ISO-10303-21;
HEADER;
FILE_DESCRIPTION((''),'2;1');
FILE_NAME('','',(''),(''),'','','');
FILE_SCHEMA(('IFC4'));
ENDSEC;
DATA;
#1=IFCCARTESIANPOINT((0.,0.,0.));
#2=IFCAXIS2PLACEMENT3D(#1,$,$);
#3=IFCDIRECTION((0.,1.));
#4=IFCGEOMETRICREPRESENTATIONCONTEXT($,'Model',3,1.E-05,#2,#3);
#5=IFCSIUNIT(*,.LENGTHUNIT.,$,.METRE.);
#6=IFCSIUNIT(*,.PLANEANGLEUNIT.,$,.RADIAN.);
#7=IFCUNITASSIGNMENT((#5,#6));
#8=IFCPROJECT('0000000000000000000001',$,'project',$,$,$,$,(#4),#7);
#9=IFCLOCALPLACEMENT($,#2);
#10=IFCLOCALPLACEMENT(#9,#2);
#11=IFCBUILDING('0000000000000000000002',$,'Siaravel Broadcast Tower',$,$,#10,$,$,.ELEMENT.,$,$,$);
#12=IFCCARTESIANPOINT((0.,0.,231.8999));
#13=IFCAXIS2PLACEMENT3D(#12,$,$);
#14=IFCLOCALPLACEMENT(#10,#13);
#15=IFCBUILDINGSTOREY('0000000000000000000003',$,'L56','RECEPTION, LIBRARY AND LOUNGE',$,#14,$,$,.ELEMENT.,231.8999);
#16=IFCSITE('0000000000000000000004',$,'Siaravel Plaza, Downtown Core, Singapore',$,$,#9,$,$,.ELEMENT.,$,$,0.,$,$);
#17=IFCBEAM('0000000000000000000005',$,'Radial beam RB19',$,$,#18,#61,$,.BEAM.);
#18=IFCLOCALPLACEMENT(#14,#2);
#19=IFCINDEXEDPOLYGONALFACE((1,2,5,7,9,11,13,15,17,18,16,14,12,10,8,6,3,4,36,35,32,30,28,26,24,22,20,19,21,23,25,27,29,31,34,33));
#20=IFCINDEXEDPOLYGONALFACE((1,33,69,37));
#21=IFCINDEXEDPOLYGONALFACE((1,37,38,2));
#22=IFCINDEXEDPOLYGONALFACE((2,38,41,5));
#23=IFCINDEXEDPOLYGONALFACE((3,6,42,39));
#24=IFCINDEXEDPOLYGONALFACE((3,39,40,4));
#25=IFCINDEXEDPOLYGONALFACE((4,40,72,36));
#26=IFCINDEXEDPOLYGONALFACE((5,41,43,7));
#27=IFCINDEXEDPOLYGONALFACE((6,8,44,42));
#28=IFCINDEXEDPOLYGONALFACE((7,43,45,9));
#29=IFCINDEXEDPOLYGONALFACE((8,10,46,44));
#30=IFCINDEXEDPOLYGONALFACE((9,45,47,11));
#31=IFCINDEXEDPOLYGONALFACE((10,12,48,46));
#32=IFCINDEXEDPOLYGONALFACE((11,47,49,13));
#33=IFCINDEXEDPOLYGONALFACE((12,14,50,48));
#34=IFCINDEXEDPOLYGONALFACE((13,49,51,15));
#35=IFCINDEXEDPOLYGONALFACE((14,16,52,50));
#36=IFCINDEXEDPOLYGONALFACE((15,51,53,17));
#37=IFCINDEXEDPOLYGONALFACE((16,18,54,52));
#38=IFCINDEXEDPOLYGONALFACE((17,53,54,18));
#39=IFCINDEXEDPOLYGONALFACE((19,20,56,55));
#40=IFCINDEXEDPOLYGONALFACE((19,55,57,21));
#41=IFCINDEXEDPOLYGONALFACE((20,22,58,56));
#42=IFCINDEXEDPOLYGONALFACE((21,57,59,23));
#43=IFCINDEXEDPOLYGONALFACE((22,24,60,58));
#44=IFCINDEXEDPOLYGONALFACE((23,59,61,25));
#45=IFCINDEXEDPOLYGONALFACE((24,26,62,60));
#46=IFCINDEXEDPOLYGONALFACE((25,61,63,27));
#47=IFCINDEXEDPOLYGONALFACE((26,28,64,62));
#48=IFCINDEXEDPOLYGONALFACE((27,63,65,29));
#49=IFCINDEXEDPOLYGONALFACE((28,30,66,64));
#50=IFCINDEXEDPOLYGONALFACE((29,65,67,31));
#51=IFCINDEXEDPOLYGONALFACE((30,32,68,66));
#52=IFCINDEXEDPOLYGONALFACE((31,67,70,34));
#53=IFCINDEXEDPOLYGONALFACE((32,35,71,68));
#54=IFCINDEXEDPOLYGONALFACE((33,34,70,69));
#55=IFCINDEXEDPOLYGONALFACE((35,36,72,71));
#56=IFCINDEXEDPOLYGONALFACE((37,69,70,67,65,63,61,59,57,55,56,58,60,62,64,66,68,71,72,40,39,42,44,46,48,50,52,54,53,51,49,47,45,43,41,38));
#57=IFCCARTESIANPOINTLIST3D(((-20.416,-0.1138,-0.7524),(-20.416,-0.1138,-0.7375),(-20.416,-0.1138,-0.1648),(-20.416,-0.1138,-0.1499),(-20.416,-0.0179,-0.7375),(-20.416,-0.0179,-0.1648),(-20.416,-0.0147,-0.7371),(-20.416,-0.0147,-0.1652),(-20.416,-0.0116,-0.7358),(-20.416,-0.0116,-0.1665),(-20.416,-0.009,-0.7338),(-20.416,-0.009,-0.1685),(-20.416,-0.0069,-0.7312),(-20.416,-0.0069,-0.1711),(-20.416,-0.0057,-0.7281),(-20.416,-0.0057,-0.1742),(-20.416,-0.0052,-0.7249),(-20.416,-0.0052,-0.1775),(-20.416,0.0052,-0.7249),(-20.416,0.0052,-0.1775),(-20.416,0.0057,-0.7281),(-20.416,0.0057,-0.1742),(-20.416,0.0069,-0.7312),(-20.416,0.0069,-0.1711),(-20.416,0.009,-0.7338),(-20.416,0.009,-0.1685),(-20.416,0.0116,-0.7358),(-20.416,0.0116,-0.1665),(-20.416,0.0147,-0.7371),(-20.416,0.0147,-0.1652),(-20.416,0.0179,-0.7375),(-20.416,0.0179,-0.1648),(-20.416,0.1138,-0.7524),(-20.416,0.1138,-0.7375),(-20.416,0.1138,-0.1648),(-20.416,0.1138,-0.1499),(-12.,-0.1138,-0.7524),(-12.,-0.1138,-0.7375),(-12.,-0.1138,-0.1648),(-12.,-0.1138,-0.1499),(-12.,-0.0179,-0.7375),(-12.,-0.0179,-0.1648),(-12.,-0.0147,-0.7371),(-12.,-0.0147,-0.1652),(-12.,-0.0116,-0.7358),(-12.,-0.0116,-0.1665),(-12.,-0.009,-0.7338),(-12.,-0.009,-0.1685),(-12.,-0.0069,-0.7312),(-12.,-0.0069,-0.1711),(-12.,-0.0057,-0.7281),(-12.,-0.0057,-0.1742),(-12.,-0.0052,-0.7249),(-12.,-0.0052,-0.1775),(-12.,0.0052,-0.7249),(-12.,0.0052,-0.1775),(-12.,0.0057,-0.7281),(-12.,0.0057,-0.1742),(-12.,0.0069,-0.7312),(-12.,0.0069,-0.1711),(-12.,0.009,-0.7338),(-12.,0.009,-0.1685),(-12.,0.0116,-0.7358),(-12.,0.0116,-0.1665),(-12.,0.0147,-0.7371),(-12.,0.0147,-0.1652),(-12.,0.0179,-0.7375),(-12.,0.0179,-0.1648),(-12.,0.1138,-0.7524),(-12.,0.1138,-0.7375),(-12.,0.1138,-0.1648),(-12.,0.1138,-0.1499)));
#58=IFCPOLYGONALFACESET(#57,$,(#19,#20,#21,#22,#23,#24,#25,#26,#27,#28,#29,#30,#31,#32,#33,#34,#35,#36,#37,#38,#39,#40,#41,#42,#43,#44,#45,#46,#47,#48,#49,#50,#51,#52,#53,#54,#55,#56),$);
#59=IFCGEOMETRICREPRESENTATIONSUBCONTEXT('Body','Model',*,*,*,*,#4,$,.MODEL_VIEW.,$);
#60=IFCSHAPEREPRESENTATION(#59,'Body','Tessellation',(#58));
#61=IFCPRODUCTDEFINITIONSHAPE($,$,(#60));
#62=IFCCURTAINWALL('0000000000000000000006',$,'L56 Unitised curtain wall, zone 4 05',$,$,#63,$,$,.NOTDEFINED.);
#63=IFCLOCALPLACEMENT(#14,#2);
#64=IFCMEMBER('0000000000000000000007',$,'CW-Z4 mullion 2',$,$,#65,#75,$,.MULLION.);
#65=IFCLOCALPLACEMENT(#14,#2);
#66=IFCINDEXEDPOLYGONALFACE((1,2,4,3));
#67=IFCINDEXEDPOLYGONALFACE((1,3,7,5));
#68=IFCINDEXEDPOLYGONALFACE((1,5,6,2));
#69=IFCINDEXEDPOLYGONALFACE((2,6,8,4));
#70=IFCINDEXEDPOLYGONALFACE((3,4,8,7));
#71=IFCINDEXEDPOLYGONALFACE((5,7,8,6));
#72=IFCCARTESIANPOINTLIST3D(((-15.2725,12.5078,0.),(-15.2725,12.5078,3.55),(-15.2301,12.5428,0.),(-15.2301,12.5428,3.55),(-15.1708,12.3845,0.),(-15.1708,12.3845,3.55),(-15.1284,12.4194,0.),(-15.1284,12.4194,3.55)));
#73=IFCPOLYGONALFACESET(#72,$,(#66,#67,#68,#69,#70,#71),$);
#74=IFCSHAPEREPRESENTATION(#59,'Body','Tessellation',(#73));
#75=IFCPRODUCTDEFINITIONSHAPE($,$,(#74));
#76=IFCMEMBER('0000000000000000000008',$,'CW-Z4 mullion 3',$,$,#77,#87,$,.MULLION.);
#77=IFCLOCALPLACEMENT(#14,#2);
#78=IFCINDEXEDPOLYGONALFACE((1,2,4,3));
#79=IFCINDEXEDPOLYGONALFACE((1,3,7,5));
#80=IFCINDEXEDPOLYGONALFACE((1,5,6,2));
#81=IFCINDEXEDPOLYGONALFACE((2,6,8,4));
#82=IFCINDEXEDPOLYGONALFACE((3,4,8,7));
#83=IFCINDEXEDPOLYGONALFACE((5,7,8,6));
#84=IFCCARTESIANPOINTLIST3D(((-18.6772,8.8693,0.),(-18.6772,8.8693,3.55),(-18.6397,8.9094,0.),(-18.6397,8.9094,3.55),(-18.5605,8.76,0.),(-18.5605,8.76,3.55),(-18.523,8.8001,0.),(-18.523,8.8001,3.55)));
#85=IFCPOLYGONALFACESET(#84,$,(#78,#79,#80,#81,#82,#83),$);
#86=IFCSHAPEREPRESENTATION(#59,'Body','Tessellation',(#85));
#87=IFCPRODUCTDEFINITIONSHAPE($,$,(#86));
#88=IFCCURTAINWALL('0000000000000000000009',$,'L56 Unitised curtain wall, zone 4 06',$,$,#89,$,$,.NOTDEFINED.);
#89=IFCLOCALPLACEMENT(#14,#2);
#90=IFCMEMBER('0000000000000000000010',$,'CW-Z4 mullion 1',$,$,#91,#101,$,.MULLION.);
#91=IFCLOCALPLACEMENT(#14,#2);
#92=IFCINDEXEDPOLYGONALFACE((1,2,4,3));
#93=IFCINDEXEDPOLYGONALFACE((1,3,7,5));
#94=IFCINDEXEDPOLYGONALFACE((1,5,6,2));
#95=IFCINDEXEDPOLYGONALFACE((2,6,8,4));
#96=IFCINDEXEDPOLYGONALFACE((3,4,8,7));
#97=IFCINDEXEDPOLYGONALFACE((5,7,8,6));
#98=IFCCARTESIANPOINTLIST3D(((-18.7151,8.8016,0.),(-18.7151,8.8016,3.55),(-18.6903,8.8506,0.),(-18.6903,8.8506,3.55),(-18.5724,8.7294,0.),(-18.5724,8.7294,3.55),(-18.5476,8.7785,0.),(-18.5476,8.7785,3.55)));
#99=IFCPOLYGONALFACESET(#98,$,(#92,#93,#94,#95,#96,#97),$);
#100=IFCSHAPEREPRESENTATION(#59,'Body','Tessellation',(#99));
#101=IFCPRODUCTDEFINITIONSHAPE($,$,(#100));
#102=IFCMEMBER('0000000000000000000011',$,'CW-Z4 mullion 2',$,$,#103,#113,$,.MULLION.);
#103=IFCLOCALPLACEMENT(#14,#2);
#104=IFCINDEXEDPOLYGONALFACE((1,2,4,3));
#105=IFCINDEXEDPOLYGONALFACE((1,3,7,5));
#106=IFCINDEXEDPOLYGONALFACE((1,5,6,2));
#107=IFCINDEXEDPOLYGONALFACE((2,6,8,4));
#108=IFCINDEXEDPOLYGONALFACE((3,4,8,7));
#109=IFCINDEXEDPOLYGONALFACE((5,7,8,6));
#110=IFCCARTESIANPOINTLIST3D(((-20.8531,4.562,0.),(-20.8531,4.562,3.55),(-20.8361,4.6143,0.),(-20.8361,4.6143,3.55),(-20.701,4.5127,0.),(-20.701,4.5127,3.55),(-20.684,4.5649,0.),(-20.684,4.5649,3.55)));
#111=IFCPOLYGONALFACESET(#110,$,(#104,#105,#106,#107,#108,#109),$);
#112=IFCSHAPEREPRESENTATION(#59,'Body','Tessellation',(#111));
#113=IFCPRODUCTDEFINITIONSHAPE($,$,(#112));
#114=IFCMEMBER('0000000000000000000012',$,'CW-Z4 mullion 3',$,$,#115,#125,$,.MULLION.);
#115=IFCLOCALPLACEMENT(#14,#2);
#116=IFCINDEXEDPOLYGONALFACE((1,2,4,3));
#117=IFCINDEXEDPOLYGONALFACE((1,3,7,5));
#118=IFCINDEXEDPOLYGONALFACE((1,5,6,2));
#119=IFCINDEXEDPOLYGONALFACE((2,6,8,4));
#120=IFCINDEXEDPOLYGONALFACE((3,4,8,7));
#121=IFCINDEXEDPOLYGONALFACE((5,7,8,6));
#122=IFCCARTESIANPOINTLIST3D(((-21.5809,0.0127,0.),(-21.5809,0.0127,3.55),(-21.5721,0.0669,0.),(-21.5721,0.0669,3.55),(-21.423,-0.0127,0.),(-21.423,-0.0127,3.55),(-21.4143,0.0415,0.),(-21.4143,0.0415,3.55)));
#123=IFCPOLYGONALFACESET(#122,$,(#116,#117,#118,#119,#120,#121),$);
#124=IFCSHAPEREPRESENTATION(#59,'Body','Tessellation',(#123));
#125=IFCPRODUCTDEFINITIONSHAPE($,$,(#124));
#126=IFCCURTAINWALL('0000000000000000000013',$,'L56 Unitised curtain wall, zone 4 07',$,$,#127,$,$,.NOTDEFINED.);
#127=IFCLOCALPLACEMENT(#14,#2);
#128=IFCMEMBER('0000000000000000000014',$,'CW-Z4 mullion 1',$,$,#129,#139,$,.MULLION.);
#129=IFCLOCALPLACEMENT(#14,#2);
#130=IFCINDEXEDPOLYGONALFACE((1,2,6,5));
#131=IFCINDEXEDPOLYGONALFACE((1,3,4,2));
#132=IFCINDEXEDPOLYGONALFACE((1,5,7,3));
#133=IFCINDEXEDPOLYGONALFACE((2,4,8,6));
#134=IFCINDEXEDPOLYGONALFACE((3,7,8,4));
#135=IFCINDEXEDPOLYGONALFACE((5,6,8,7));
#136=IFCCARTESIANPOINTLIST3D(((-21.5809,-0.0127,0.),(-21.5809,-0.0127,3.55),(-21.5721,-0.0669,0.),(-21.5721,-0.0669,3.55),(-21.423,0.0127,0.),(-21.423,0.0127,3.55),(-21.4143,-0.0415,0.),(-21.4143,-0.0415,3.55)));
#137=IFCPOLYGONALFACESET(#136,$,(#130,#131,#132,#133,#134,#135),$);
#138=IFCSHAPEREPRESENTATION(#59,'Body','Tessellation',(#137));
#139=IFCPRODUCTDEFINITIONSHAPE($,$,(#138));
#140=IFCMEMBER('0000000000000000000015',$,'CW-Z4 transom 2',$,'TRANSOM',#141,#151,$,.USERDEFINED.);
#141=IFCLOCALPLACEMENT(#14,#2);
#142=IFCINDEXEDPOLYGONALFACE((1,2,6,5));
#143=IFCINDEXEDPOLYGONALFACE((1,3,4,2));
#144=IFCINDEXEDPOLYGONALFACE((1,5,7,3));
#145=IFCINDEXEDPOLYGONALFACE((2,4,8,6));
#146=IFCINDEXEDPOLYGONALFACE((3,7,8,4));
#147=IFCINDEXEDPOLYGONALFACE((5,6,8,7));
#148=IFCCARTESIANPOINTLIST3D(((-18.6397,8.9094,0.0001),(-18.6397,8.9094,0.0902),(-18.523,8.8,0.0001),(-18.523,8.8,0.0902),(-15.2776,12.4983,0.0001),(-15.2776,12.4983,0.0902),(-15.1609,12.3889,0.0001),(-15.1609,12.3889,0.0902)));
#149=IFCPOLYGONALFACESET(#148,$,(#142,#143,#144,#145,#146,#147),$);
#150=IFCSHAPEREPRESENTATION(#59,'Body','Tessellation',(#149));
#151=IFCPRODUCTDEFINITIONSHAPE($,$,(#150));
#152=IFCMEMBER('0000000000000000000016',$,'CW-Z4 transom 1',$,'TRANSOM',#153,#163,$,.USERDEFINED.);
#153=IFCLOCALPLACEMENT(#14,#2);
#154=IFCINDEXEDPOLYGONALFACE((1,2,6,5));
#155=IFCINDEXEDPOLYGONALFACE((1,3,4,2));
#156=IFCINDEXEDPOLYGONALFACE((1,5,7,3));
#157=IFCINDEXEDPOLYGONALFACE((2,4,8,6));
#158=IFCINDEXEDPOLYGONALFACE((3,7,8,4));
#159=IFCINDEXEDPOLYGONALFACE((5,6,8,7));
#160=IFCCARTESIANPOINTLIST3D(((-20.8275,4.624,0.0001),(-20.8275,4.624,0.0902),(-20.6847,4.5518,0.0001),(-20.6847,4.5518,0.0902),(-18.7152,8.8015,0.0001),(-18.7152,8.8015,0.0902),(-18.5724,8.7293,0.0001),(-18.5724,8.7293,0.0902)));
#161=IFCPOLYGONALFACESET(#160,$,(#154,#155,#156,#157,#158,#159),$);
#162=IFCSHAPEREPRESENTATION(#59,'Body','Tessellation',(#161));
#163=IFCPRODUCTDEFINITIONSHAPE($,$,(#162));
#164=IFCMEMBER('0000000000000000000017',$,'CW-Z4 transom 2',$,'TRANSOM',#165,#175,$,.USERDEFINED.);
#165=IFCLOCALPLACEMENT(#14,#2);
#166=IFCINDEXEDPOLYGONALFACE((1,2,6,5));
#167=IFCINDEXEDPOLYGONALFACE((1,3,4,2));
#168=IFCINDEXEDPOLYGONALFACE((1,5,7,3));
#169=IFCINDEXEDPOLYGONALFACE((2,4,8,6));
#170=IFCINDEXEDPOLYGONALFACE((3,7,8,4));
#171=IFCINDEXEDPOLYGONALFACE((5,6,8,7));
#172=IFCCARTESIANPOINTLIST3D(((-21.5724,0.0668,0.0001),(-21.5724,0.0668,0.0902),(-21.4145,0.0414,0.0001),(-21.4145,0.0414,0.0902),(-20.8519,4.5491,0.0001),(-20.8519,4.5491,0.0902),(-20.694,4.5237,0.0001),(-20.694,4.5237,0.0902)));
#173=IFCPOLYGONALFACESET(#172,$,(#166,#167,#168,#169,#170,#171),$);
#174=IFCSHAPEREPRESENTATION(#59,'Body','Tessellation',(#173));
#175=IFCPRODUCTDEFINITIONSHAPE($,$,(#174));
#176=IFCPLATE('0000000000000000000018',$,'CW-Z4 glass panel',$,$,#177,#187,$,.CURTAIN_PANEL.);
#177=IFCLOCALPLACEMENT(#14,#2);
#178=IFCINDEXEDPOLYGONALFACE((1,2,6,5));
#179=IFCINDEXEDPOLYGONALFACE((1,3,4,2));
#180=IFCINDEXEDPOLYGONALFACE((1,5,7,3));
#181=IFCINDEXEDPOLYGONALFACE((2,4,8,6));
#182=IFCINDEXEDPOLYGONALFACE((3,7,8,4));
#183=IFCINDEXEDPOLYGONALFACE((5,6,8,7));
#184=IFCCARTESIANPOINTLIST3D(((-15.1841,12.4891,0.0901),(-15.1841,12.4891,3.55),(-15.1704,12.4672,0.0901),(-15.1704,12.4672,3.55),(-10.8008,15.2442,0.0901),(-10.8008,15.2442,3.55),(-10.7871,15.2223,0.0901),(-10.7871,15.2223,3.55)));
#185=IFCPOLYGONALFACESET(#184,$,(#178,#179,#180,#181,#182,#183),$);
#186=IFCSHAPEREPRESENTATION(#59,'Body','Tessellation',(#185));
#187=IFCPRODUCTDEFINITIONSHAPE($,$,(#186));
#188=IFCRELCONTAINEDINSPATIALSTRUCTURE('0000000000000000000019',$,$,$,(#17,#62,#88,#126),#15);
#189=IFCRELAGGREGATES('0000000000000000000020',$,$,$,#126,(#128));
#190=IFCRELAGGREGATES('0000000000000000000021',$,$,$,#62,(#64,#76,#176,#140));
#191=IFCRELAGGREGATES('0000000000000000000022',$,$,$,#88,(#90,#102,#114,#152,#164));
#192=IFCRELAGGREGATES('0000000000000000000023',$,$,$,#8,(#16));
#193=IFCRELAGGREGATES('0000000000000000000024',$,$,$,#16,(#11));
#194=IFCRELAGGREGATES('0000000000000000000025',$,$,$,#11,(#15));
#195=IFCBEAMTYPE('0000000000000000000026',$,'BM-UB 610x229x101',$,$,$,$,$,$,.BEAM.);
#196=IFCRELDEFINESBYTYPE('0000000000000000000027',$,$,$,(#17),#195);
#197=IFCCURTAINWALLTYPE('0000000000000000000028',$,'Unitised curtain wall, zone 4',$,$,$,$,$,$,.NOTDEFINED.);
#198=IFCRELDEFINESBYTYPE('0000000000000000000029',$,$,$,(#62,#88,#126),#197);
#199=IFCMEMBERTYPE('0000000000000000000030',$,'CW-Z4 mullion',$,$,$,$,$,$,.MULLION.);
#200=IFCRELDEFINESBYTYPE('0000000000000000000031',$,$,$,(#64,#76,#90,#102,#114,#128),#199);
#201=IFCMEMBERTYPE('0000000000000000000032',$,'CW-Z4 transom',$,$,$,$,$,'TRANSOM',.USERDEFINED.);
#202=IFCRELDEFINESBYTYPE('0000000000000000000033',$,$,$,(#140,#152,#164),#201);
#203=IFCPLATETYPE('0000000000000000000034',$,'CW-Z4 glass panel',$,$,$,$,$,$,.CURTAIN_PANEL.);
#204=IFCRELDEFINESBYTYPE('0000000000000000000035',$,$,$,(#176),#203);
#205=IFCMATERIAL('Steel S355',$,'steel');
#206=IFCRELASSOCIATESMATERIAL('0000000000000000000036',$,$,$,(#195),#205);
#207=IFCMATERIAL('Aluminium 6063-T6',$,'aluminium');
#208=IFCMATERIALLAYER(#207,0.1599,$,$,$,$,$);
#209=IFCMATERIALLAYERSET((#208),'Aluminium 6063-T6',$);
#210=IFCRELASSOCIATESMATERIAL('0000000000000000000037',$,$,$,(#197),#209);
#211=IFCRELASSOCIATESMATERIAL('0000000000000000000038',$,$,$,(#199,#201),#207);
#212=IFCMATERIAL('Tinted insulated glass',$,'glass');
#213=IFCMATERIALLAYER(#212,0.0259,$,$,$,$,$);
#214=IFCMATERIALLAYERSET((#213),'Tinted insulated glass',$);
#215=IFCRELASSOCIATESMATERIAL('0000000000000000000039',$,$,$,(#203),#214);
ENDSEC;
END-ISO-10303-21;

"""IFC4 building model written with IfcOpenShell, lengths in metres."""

from ifc_helpers import new_model, si_unit, direction, frame, origin, origin_2d, place, context, subcontext, project, spatial, rectangle, i_section, extrude, material, layer, layer_set, material_profile, profile_set, type_object, element, aggregate, save


model = new_model("IFC4")

# Units and contexts
model_context = context("Model", 3, precision=1e-05, world=origin(), true_north=direction((0.0, 1.0)))
body_context = subcontext(model_context, "Body", "Model", "MODEL_VIEW")
ifc_project = project(units=[si_unit("LENGTHUNIT", "METRE"), si_unit("PLANEANGLEUNIT", "RADIAN")], contexts=[model_context])

# Site, building, storey
site_placement = place(None, origin())
site = spatial("IfcSite", under=ifc_project, at=site_placement, Name="Siaravel Plaza, Downtown Core, Singapore", CompositionType="ELEMENT", RefElevation=0.0)
building_placement = place(site_placement, origin())
building = spatial("IfcBuilding", under=site, at=building_placement, Name="Siaravel Broadcast Tower", CompositionType="ELEMENT")
storey_placement = place(building_placement, frame((0.0, 0.0, 231.8999)))
storey = spatial("IfcBuildingStorey", under=building, at=storey_placement, Name="L56", Description="RECEPTION, LIBRARY AND LOUNGE", CompositionType="ELEMENT", Elevation=231.8999)

# Beam
ifc_material_1 = material(Name="Steel S355", Category="steel")
ifc_material_profile_1 = material_profile(ifc_material_1, i_section(OverallWidth=0.2275, OverallDepth=0.6025, WebThickness=0.0105, FlangeThickness=0.0149, FilletRadius=0.0127, at=origin_2d()))
ifc_profile_set_1 = profile_set([ifc_material_profile_1], Name="Steel S355")
beam_type = type_object("IfcBeamType", Name="BM-UB 610x229x101", PredefinedType="BEAM", material=ifc_profile_set_1)
beam_1_placement = place(storey_placement, frame((-20.416, 0.0, -0.4512), z_axis=(1.0, 0.0, 0.0), x_axis=(0.0, 1.0, 0.0)))
element("IfcBeam", 1, at=beam_1_placement, inside=storey, type_object=beam_type, Name="Radial beam RB19", PredefinedType="BEAM", context=body_context, shape_type="SweptSolid", body=[
    extrude(i_section(OverallWidth=0.2275, OverallDepth=0.6025, WebThickness=0.0105, FlangeThickness=0.0149, FilletRadius=0.0127, at=origin_2d()), origin(), (0.0, 0.0, 1.0), 8.416),
])

# Curtain walls, members
ifc_material_2 = material(Name="Aluminium 6063-T6", Category="aluminium")
ifc_layer_1 = layer(ifc_material_2, 0.1599)
ifc_layer_set_1 = layer_set([ifc_layer_1], Name="Aluminium 6063-T6")
curtain_wall_type = type_object("IfcCurtainWallType", Name="Unitised curtain wall, zone 4", PredefinedType="NOTDEFINED", material=ifc_layer_set_1)
curtain_wall_1_placement = place(storey_placement, origin())
curtain_wall_1 = element("IfcCurtainWall", 2, at=curtain_wall_1_placement, inside=storey, type_object=curtain_wall_type, Name="L56 Unitised curtain wall, zone 4 05", PredefinedType="NOTDEFINED")
ifc_material_profile_2 = material_profile(ifc_material_2, rectangle(XDim=0.1599, YDim=0.0549, at=origin_2d()))
ifc_profile_set_2 = profile_set([ifc_material_profile_2], Name="Aluminium 6063-T6")
member_type_1 = type_object("IfcMemberType", Name="CW-Z4 mullion", PredefinedType="MULLION", material=ifc_profile_set_2)
member_1_placement = place(storey_placement, frame((-15.2004, 12.4636, 0.0), z_axis=(0.0, 0.0, 1.0), x_axis=(0.63622, -0.771508, 0.0)))
member_1 = element("IfcMember", 3, at=member_1_placement, type_object=member_type_1, Name="CW-Z4 mullion 2", PredefinedType="MULLION", context=body_context, shape_type="SweptSolid", body=[
    extrude(rectangle(XDim=0.1599, YDim=0.0549, at=origin_2d()), origin(), (0.0, 0.0, 1.0), 3.55),
])
member_2_placement = place(storey_placement, frame((-18.6001, 8.8347, 0.0), z_axis=(0.0, 0.0, 1.0), x_axis=(0.729806, -0.683654, 0.0)))
member_2 = element("IfcMember", 4, at=member_2_placement, type_object=member_type_1, Name="CW-Z4 mullion 3", PredefinedType="MULLION", context=body_context, shape_type="SweptSolid", body=[
    extrude(rectangle(XDim=0.1599, YDim=0.0549, at=origin_2d()), origin(), (0.0, 0.0, 1.0), 3.55),
])
curtain_wall_2_placement = place(storey_placement, origin())
curtain_wall_2 = element("IfcCurtainWall", 5, at=curtain_wall_2_placement, inside=storey, type_object=curtain_wall_type, Name="L56 Unitised curtain wall, zone 4 06", PredefinedType="NOTDEFINED")
member_3_placement = place(storey_placement, frame((-18.6313, 8.79, 0.0), z_axis=(0.0, 0.0, 1.0), x_axis=(0.892393, -0.451259, 0.0)))
member_3 = element("IfcMember", 6, at=member_3_placement, type_object=member_type_1, Name="CW-Z4 mullion 1", PredefinedType="MULLION", context=body_context, shape_type="SweptSolid", body=[
    extrude(rectangle(XDim=0.1599, YDim=0.0549, at=origin_2d()), origin(), (0.0, 0.0, 1.0), 3.55),
])
member_4_placement = place(storey_placement, frame((-20.7686, 4.5635, 0.0), z_axis=(0.0, 0.0, 1.0), x_axis=(0.951178, -0.308644, 0.0)))
member_4 = element("IfcMember", 7, at=member_4_placement, type_object=member_type_1, Name="CW-Z4 mullion 2", PredefinedType="MULLION", context=body_context, shape_type="SweptSolid", body=[
    extrude(rectangle(XDim=0.1599, YDim=0.0549, at=origin_2d()), origin(), (0.0, 0.0, 1.0), 3.55),
])
member_5_placement = place(storey_placement, frame((-21.4976, 0.0271, 0.0), z_axis=(0.0, 0.0, 1.0), x_axis=(0.987329, -0.158685, 0.0)))
member_5 = element("IfcMember", 8, at=member_5_placement, type_object=member_type_1, Name="CW-Z4 mullion 3", PredefinedType="MULLION", context=body_context, shape_type="SweptSolid", body=[
    extrude(rectangle(XDim=0.1599, YDim=0.0549, at=origin_2d()), origin(), (0.0, 0.0, 1.0), 3.55),
])

# Curtain wall, member
curtain_wall_3_placement = place(storey_placement, origin())
curtain_wall_3 = element("IfcCurtainWall", 9, at=curtain_wall_3_placement, inside=storey, type_object=curtain_wall_type, Name="L56 Unitised curtain wall, zone 4 07", PredefinedType="NOTDEFINED")
member_6_placement = place(storey_placement, frame((-21.4976, -0.0271, 0.0), z_axis=(0.0, 0.0, 1.0), x_axis=(0.987329, 0.158685, 0.0)))
member_6 = element("IfcMember", 10, at=member_6_placement, type_object=member_type_1, Name="CW-Z4 mullion 1", PredefinedType="MULLION", context=body_context, shape_type="SweptSolid", body=[
    extrude(rectangle(XDim=0.1599, YDim=0.0549, at=origin_2d()), origin(), (0.0, 0.0, 1.0), 3.55),
])
aggregate(curtain_wall_3, [member_6])

# Members
ifc_material_profile_3 = material_profile(ifc_material_2, rectangle(XDim=0.1599, YDim=0.0901, at=origin_2d()))
ifc_profile_set_3 = profile_set([ifc_material_profile_3], Name="Aluminium 6063-T6")
member_type_2 = type_object("IfcMemberType", Name="CW-Z4 transom", ElementType="TRANSOM", PredefinedType="USERDEFINED", material=ifc_profile_set_3)
member_7_placement = place(storey_placement, frame((-15.2192, 12.4436, 0.0452), z_axis=(-0.68367, -0.729791, 0.0), x_axis=(0.729791, -0.68367, 0.0)))
member_7 = element("IfcMember", 11, at=member_7_placement, type_object=member_type_2, Name="CW-Z4 transom 2", ObjectType="TRANSOM", PredefinedType="USERDEFINED", context=body_context, shape_type="SweptSolid", body=[
    extrude(rectangle(XDim=0.1599, YDim=0.0901, at=origin_2d()), origin(), (0.0, 0.0, 1.0), 4.9177),
])
member_8_placement = place(storey_placement, frame((-18.6438, 8.7654, 0.0452), z_axis=(-0.451235, -0.892405, 0.0), x_axis=(0.892405, -0.451235, 0.0)))
member_8 = element("IfcMember", 12, at=member_8_placement, type_object=member_type_2, Name="CW-Z4 transom 1", ObjectType="TRANSOM", PredefinedType="USERDEFINED", context=body_context, shape_type="SweptSolid", body=[
    extrude(rectangle(XDim=0.1599, YDim=0.0901, at=origin_2d()), origin(), (0.0, 0.0, 1.0), 4.6812),
])
member_9_placement = place(storey_placement, frame((-20.7729, 4.5364, 0.0452), z_axis=(-0.158701, -0.987327, 0.0), x_axis=(0.987327, -0.158701, 0.0)))
member_9 = element("IfcMember", 13, at=member_9_placement, type_object=member_type_2, Name="CW-Z4 transom 2", ObjectType="TRANSOM", PredefinedType="USERDEFINED", context=body_context, shape_type="SweptSolid", body=[
    extrude(rectangle(XDim=0.1599, YDim=0.0901, at=origin_2d()), origin(), (0.0, 0.0, 1.0), 4.5398),
])

# Plate
ifc_material_3 = material(Name="Tinted insulated glass", Category="glass")
ifc_layer_2 = layer(ifc_material_3, 0.0259)
ifc_layer_set_2 = layer_set([ifc_layer_2], Name="Tinted insulated glass")
plate_type = type_object("IfcPlateType", Name="CW-Z4 glass panel", PredefinedType="CURTAIN_PANEL", material=ifc_layer_set_2)
plate_1_placement = place(storey_placement, frame((-12.9856, 13.8557, 0.0901), z_axis=(0.0, 0.0, 1.0), x_axis=(-0.84665, -0.53215, 0.0)))
plate_1 = element("IfcPlate", 14, at=plate_1_placement, type_object=plate_type, Name="CW-Z4 glass panel", PredefinedType="CURTAIN_PANEL", context=body_context, shape_type="SweptSolid", body=[
    extrude(rectangle(XDim=5.1772, YDim=0.0259, at=origin_2d()), origin(), (0.0, 0.0, 1.0), 3.46),
])
aggregate(curtain_wall_1, [member_1, member_2, plate_1, member_7])
aggregate(curtain_wall_2, [member_3, member_4, member_5, member_8, member_9])

save(model, "model.ifc")
